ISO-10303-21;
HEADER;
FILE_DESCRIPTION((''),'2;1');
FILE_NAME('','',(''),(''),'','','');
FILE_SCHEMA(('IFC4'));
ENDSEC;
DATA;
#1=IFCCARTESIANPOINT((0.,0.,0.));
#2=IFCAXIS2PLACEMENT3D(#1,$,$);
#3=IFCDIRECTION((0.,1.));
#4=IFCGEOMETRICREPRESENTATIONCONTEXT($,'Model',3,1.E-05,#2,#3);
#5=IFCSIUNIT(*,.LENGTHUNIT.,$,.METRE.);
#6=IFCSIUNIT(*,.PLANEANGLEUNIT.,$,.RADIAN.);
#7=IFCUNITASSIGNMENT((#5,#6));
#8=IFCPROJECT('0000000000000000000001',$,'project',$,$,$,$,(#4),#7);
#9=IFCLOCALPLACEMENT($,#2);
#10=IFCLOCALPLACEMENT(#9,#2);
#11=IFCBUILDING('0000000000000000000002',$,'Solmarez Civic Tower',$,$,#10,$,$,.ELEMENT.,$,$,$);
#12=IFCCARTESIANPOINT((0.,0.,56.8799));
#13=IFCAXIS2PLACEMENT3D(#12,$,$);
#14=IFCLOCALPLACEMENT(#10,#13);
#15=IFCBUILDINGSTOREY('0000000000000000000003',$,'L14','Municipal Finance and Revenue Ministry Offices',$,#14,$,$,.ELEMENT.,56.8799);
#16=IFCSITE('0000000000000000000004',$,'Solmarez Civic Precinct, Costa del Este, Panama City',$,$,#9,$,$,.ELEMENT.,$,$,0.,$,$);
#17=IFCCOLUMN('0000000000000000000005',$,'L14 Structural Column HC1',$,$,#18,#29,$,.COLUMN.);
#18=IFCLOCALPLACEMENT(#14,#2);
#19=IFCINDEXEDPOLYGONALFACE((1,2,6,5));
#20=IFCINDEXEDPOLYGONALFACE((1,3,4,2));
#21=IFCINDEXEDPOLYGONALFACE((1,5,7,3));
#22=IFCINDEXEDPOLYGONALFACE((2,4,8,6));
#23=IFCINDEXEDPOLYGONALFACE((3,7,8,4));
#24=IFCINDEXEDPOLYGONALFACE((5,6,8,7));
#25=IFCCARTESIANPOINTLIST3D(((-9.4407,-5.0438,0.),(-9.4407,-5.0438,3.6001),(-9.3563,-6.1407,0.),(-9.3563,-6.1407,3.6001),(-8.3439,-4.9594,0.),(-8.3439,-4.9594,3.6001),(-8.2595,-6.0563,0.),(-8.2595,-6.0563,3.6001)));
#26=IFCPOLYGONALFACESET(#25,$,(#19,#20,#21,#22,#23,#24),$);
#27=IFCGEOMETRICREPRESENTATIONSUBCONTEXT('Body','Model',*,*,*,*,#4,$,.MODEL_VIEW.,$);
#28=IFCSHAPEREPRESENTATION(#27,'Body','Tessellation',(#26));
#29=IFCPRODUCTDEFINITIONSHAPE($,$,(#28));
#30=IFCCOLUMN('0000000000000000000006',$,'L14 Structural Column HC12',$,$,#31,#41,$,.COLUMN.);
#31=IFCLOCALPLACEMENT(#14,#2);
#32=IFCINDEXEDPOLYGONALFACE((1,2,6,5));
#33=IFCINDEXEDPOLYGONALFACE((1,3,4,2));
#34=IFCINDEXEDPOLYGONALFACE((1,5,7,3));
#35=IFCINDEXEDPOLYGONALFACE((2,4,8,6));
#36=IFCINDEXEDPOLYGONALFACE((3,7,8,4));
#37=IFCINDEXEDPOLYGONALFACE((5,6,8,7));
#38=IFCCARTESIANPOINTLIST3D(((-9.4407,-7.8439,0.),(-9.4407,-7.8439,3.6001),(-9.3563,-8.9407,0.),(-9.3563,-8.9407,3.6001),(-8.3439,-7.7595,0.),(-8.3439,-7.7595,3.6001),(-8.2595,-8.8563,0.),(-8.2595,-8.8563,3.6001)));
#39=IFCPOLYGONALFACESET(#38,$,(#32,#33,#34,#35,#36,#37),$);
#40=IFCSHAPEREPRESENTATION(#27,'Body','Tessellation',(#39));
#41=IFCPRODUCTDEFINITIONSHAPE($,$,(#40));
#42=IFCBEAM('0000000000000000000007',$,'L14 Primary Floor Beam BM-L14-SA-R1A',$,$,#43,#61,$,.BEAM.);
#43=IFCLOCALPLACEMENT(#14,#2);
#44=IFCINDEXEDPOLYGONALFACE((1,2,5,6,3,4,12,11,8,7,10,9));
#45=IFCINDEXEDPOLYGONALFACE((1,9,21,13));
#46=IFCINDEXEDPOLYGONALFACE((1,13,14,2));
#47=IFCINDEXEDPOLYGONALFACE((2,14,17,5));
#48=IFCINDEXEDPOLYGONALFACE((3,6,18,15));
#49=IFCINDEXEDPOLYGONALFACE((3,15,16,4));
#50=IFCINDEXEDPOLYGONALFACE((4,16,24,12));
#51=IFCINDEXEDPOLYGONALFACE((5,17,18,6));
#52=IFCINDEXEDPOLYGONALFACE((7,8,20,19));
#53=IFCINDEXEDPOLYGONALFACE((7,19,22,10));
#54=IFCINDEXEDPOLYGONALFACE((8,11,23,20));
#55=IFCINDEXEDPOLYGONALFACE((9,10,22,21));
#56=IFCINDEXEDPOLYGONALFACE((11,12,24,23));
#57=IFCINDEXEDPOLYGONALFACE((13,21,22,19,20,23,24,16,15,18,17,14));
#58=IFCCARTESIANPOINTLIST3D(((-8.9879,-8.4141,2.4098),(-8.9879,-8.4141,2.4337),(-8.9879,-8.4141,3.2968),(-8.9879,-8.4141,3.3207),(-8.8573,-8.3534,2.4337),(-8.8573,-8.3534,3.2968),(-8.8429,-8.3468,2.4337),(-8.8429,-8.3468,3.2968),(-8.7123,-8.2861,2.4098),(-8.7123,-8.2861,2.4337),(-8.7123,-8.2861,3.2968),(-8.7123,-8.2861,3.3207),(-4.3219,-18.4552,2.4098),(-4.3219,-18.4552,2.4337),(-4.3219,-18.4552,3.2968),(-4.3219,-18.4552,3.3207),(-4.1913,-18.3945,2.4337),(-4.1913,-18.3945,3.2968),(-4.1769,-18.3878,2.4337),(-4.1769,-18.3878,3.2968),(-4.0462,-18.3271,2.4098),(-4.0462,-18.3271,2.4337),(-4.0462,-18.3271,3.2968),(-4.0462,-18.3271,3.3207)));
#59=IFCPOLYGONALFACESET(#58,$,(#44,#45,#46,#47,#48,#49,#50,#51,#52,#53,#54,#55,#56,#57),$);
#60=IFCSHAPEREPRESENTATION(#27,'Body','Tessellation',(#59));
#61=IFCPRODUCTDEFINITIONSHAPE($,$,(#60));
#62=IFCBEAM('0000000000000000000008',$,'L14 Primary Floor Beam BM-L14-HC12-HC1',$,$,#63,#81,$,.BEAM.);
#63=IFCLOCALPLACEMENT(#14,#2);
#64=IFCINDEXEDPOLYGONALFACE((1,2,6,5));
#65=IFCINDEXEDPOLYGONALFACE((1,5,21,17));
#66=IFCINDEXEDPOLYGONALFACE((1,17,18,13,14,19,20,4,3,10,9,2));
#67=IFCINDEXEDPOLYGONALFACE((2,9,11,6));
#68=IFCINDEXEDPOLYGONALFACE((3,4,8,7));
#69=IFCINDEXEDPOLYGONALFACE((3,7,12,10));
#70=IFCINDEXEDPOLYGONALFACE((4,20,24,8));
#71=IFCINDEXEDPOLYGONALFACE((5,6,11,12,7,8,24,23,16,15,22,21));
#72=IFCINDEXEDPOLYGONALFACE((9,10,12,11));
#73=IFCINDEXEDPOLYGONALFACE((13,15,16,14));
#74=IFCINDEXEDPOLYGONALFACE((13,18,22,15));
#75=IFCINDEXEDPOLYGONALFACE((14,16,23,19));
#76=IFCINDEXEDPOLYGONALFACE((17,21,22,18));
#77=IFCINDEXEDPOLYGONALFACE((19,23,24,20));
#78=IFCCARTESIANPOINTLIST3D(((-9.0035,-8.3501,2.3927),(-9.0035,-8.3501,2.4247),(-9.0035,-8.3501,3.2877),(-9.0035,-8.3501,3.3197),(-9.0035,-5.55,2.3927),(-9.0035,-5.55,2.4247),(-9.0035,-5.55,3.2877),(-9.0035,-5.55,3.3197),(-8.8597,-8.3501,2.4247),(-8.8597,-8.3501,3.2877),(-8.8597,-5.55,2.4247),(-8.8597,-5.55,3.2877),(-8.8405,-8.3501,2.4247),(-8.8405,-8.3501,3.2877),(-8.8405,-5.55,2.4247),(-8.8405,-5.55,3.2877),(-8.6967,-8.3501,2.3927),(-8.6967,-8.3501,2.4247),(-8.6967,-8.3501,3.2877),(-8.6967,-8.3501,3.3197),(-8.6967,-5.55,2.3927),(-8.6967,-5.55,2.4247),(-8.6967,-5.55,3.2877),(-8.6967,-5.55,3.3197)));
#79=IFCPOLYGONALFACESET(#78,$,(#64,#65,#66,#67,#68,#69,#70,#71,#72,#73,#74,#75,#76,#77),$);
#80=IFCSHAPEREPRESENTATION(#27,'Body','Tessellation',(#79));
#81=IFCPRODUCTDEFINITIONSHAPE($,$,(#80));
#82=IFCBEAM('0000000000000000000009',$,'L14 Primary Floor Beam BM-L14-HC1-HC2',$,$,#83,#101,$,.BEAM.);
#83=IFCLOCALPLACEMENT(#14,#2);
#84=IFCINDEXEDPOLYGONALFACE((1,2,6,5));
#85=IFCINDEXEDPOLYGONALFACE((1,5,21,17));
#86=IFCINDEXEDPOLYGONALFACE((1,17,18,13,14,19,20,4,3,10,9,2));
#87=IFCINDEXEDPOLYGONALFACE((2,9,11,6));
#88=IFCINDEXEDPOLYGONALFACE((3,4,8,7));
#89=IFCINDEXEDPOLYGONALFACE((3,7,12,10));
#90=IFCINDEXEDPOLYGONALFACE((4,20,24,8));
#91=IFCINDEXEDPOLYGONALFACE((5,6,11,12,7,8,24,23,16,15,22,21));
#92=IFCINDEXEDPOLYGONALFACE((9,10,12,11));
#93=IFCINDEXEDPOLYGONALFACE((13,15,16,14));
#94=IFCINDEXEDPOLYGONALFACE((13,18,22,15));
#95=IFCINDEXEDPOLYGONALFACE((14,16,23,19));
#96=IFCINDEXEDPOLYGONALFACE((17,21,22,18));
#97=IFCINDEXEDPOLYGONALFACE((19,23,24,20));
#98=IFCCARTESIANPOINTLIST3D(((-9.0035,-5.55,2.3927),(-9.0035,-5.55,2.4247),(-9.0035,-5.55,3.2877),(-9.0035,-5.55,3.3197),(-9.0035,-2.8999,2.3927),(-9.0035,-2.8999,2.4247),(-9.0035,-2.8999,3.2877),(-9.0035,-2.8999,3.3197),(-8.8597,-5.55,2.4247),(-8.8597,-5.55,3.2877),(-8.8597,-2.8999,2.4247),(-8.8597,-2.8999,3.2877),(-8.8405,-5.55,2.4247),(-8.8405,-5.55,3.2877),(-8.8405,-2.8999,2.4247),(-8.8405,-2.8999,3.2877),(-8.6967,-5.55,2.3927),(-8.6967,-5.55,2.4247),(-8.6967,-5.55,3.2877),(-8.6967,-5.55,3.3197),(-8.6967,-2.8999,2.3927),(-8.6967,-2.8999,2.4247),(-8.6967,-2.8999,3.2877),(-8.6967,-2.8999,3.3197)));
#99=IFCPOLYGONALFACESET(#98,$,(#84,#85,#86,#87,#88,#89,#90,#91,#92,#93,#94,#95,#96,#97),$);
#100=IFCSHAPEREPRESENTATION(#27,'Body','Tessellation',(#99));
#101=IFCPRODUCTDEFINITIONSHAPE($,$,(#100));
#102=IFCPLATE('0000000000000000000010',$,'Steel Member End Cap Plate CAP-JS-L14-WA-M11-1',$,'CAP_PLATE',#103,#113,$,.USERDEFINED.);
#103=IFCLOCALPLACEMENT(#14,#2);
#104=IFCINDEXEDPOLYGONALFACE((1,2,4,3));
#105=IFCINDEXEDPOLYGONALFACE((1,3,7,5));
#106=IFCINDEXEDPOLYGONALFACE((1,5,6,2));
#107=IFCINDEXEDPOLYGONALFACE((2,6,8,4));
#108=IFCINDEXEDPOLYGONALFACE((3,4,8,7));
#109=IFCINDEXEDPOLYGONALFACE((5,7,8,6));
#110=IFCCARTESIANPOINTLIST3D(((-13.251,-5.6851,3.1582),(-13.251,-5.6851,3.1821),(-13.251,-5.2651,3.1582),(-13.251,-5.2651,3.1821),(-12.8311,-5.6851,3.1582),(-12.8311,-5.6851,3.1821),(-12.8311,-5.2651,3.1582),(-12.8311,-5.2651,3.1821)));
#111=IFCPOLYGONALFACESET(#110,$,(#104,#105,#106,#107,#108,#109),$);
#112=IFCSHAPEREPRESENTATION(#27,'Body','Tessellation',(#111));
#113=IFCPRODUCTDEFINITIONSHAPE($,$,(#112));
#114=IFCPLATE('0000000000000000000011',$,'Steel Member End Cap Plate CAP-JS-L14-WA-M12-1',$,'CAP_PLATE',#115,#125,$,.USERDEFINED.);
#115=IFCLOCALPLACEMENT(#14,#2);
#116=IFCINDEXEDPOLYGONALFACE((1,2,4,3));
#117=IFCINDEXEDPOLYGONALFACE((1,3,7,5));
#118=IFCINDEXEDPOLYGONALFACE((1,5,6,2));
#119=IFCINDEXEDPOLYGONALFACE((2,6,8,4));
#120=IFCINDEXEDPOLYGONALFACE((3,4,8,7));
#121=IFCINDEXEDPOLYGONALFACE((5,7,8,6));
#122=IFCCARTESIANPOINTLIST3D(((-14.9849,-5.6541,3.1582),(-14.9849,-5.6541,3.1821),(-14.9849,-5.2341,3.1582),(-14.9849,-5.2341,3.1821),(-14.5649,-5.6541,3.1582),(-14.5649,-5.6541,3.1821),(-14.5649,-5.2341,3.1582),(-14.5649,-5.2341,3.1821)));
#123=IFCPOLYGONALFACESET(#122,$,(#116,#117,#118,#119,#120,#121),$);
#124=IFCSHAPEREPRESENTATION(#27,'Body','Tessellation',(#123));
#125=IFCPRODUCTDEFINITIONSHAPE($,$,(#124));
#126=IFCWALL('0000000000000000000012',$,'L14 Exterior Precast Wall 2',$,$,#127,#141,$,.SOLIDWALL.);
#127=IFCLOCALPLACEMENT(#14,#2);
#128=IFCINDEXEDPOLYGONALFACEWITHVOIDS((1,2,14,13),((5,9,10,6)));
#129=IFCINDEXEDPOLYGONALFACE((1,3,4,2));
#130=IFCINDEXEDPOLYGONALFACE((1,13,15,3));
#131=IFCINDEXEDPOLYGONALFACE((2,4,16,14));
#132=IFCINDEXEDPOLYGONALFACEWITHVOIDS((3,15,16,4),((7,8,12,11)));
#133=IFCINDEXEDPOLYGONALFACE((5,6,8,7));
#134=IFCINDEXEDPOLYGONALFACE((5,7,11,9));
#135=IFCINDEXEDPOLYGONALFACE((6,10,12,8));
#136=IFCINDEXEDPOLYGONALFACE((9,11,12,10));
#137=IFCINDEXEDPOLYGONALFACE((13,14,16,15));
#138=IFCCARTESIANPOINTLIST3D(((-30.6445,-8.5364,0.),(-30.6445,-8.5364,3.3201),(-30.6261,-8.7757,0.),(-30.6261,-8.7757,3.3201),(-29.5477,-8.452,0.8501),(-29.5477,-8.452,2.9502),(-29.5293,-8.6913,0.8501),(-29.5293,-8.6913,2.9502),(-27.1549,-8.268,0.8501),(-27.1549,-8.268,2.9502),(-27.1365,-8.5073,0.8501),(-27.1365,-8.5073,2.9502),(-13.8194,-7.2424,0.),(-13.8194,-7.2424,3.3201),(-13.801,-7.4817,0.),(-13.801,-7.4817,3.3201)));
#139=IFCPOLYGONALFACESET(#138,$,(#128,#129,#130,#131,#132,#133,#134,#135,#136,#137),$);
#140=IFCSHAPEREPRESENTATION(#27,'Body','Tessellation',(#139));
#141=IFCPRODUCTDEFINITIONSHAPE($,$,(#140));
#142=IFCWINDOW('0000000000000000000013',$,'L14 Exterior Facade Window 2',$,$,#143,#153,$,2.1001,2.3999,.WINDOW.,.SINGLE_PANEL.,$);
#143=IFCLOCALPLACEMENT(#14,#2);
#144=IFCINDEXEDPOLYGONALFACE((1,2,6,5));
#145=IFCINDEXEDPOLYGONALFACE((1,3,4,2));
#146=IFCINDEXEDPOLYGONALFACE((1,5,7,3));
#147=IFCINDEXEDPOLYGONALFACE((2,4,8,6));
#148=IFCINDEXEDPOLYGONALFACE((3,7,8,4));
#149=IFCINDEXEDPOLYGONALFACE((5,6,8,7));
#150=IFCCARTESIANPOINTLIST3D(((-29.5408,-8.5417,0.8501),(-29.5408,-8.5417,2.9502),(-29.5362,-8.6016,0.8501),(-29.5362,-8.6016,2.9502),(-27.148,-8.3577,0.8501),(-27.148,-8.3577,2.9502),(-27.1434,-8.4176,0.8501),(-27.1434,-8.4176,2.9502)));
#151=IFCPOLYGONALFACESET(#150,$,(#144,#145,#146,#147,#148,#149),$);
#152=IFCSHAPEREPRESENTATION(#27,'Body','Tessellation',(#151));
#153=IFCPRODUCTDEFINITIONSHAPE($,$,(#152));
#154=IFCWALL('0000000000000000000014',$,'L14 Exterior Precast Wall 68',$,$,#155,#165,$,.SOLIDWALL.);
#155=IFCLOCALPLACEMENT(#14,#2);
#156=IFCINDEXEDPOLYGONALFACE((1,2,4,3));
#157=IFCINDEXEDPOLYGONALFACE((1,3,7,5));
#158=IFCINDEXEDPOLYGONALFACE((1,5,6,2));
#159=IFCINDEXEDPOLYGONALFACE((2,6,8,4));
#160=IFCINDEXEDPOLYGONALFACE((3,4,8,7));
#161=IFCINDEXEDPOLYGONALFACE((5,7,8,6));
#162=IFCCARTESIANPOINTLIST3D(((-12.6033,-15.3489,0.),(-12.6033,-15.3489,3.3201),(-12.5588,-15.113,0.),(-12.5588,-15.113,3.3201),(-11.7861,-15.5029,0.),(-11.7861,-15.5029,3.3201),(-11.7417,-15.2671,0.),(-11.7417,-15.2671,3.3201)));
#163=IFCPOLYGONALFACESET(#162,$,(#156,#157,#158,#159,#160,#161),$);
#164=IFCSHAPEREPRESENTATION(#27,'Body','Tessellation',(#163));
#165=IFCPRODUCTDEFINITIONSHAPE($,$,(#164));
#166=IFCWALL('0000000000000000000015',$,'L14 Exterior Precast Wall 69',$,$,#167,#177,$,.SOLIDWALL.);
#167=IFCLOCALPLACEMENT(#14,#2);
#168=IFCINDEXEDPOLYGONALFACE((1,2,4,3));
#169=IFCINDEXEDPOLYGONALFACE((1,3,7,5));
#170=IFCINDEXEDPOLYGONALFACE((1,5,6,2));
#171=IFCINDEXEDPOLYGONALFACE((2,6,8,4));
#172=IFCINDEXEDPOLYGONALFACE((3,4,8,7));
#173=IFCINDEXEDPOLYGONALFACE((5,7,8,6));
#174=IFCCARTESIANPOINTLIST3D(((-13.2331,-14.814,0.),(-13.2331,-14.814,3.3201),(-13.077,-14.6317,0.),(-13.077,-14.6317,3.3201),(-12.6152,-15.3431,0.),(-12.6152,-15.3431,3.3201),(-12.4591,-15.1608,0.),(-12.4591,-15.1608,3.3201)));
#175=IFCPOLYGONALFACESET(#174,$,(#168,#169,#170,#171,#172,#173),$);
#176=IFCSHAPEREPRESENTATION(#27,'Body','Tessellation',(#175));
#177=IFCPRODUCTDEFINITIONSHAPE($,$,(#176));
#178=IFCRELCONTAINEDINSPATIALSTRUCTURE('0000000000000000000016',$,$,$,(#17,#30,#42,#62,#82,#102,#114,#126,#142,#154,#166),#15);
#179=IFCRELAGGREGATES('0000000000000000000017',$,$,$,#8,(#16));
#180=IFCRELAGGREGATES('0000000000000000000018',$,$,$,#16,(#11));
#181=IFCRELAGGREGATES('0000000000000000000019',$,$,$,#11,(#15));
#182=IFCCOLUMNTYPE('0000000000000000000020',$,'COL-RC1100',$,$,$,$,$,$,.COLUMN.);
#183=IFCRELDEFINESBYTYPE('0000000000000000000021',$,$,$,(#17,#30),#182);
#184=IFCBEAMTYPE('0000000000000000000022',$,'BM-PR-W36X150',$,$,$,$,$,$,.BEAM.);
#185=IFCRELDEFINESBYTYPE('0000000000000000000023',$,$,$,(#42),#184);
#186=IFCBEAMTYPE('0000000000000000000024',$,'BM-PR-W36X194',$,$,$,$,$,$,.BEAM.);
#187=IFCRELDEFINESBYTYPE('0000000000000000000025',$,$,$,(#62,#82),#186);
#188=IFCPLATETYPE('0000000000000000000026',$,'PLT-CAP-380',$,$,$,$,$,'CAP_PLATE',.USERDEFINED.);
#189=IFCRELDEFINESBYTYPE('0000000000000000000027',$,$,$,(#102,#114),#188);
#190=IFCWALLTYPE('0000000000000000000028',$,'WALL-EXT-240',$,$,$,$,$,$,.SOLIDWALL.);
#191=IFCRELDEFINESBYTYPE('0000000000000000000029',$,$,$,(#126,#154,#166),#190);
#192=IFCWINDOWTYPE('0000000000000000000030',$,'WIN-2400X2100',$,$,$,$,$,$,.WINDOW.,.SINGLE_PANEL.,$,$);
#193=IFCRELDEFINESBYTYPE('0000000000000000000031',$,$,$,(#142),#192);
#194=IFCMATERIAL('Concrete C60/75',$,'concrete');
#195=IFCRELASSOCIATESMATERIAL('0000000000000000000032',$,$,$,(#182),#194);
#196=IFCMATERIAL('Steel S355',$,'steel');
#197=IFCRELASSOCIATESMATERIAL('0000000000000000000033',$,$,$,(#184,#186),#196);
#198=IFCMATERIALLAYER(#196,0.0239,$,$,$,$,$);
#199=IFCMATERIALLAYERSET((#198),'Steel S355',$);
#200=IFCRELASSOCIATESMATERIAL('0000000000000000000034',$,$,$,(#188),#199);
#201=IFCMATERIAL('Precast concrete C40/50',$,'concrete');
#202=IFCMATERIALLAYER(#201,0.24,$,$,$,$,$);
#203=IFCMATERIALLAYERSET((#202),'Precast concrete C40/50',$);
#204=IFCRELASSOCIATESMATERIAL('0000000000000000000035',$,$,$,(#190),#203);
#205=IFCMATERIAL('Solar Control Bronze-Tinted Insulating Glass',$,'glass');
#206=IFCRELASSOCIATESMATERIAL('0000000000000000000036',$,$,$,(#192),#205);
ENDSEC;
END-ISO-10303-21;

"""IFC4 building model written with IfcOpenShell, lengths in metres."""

from ifc_helpers import new_model, si_unit, direction, frame, frame_2d, origin, origin_2d, place, context, subcontext, project, spatial, rectangle, i_section, extrude, material, layer, layer_set, material_profile, profile_set, type_object, element, fill, save


model = new_model("IFC4")

# Units and contexts
model_context = context("Model", 3, precision=1e-05, world=origin(), true_north=direction((0.0, 1.0)))
body_context = subcontext(model_context, "Body", "Model", "MODEL_VIEW")
ifc_project = project(units=[si_unit("LENGTHUNIT", "METRE"), si_unit("PLANEANGLEUNIT", "RADIAN")], contexts=[model_context])

# Site, building, storey
site_placement = place(None, origin())
site = spatial("IfcSite", under=ifc_project, at=site_placement, Name="Solmarez Civic Precinct, Costa del Este, Panama City", CompositionType="ELEMENT", RefElevation=0.0)
building_placement = place(site_placement, origin())
building = spatial("IfcBuilding", under=site, at=building_placement, Name="Solmarez Civic Tower", CompositionType="ELEMENT")
storey_placement = place(building_placement, frame((0.0, 0.0, 56.8799)))
storey = spatial("IfcBuildingStorey", under=building, at=storey_placement, Name="L14", Description="Municipal Finance and Revenue Ministry Offices", CompositionType="ELEMENT", Elevation=56.8799)

# Columns
ifc_material_1 = material(Name="Concrete C60/75", Category="concrete")
ifc_material_profile_1 = material_profile(ifc_material_1, rectangle(XDim=1.1001, YDim=1.1001, at=origin_2d()), Name="RC1100X1100")
ifc_profile_set_1 = profile_set([ifc_material_profile_1], Name="Concrete C60/75")
column_type = type_object("IfcColumnType", Name="COL-RC1100", PredefinedType="COLUMN", material=ifc_profile_set_1)
for number, where, z_axis, x_axis, name in (
    (1, (-8.8501, -5.55, 0.0), (0.0, 0.0, 1.0), (0.997053, 0.076719, 0.0), "L14 Structural Column HC1"),
    (2, (-8.8501, -8.3501, 0.0), (0.0, 0.0, 1.0), (0.997053, 0.076719, 0.0), "L14 Structural Column HC12"),
):
    element("IfcColumn", number, at=place(storey_placement, frame(where, z_axis=z_axis, x_axis=x_axis)), inside=storey, type_object=column_type, Name=name, PredefinedType="COLUMN", context=body_context, shape_type="SweptSolid", body=[
        extrude(rectangle(XDim=1.1001, YDim=1.1001, at=origin_2d()), origin(), (0.0, 0.0, 1.0), 3.6001),
    ])

# Beams
ifc_material_2 = material(Name="Steel S355", Category="steel")
ifc_material_profile_2 = material_profile(ifc_material_2, i_section(OverallWidth=0.304, OverallDepth=0.9109, WebThickness=0.0159, FlangeThickness=0.0239, at=origin_2d()), Name="W36X150")
ifc_profile_set_2 = profile_set([ifc_material_profile_2], Name="Steel S355")
beam_type_1 = type_object("IfcBeamType", Name="BM-PR-W36X150", PredefinedType="BEAM", material=ifc_profile_set_2)
beam_1_placement = place(storey_placement, frame((-8.8501, -8.3501, 2.8652), z_axis=(0.421417, -0.906867, 0.0), x_axis=(0.906867, 0.421417, 0.0)))
element("IfcBeam", 3, at=beam_1_placement, inside=storey, type_object=beam_type_1, Name="L14 Primary Floor Beam BM-L14-SA-R1A", PredefinedType="BEAM", context=body_context, shape_type="SweptSolid", body=[
    extrude(i_section(OverallWidth=0.304, OverallDepth=0.9109, WebThickness=0.0159, FlangeThickness=0.0239, at=origin_2d()), origin(), (0.0, 0.0, 1.0), 11.0723),
])
ifc_material_profile_3 = material_profile(ifc_material_2, i_section(OverallWidth=0.3069, OverallDepth=0.927, WebThickness=0.0193, FlangeThickness=0.032, at=origin_2d()), Name="W36X194")
ifc_profile_set_3 = profile_set([ifc_material_profile_3], Name="Steel S355")
beam_type_2 = type_object("IfcBeamType", Name="BM-PR-W36X194", PredefinedType="BEAM", material=ifc_profile_set_3)
beam_2_placement = place(storey_placement, frame((-8.8501, -8.3501, 2.8562), z_axis=(0.0, 1.0, 0.0), x_axis=(-1.0, 0.0, 0.0)))
element("IfcBeam", 4, at=beam_2_placement, inside=storey, type_object=beam_type_2, Name="L14 Primary Floor Beam BM-L14-HC12-HC1", PredefinedType="BEAM", context=body_context, shape_type="SweptSolid", body=[
    extrude(i_section(OverallWidth=0.3069, OverallDepth=0.927, WebThickness=0.0193, FlangeThickness=0.032, at=origin_2d()), origin(), (0.0, 0.0, 1.0), 2.8),
])
beam_3_placement = place(storey_placement, frame((-8.8501, -5.55, 2.8562), z_axis=(0.0, 1.0, 0.0), x_axis=(-1.0, 0.0, 0.0)))
element("IfcBeam", 5, at=beam_3_placement, inside=storey, type_object=beam_type_2, Name="L14 Primary Floor Beam BM-L14-HC1-HC2", PredefinedType="BEAM", context=body_context, shape_type="SweptSolid", body=[
    extrude(i_section(OverallWidth=0.3069, OverallDepth=0.927, WebThickness=0.0193, FlangeThickness=0.032, at=origin_2d()), origin(), (0.0, 0.0, 1.0), 2.6501),
])

# Plates
ifc_layer_1 = layer(ifc_material_2, 0.0239)
ifc_layer_set_1 = layer_set([ifc_layer_1], Name="Steel S355")
plate_type = type_object("IfcPlateType", Name="PLT-CAP-380", ElementType="CAP_PLATE", PredefinedType="USERDEFINED", material=ifc_layer_set_1)
for number, where, z_axis, x_axis, name in (
    (6, (-13.041, -5.4751, 3.1582), (0.0, 0.0, 1.0), (1.0, 0.0, 0.0), "Steel Member End Cap Plate CAP-JS-L14-WA-M11-1"),
    (7, (-14.7749, -5.4441, 3.1582), (0.0, 0.0, 1.0), (1.0, 0.0, 0.0), "Steel Member End Cap Plate CAP-JS-L14-WA-M12-1"),
):
    element("IfcPlate", number, at=place(storey_placement, frame(where, z_axis=z_axis, x_axis=x_axis)), inside=storey, type_object=plate_type, Name=name, ObjectType="CAP_PLATE", PredefinedType="USERDEFINED", context=body_context, shape_type="SweptSolid", body=[
        extrude(rectangle(XDim=0.4199, YDim=0.4199, at=origin_2d()), origin(), (0.0, 0.0, 1.0), 0.0239),
    ])

# Wall, opening, window
ifc_material_3 = material(Name="Precast concrete C40/50", Category="concrete")
ifc_layer_2 = layer(ifc_material_3, 0.24)
ifc_layer_set_2 = layer_set([ifc_layer_2], Name="Precast concrete C40/50")
wall_type_1 = type_object("IfcWallType", Name="WALL-EXT-240", PredefinedType="SOLIDWALL", material=ifc_layer_set_2)
wall_1_placement = place(storey_placement, frame((-13.8101, -7.3621, 0.0), z_axis=(0.0, 0.0, 1.0), x_axis=(-0.997056, -0.07668, 0.0)))
wall_1 = element("IfcWall", 8, at=wall_1_placement, inside=storey, type_object=wall_type_1, Name="L14 Exterior Precast Wall 2", PredefinedType="SOLIDWALL", context=body_context, shape_type="SweptSolid", body=[
    extrude(rectangle(XDim=16.8748, YDim=0.24, at=frame_2d((8.4375, 0.0))), origin(), (0.0, 0.0, 1.0), 3.3201),
])
opening_1_placement = place(wall_1_placement, frame((13.375, 0.0, 0.8501)))
opening_1 = element("IfcOpeningElement", 9, at=opening_1_placement, cuts=wall_1, PredefinedType="OPENING", context=body_context, shape_type="SweptSolid", body=[
    extrude(rectangle(XDim=2.3999, YDim=2.1001, at=frame_2d((1.2, 1.05))), frame((0.0, 0.1299, 0.0), z_axis=(0.0, -1.0, 0.0), x_axis=(1.0, 0.0, 0.0)), (0.0, 0.0, 1.0), 0.26),
])
ifc_material_4 = material(Name="Solar Control Bronze-Tinted Insulating Glass", Category="glass")
window_type = type_object("IfcWindowType", Name="WIN-2400X2100", PartitioningType="SINGLE_PANEL", PredefinedType="WINDOW", material=ifc_material_4)
window_placement = place(opening_1_placement, origin())
window = element("IfcWindow", 10, at=window_placement, inside=storey, type_object=window_type, Name="L14 Exterior Facade Window 2", OverallHeight=2.1001, OverallWidth=2.3999, PartitioningType="SINGLE_PANEL", PredefinedType="WINDOW", context=body_context, shape_type="SweptSolid", body=[
    extrude(rectangle(XDim=2.3999, YDim=2.1001, at=frame_2d((1.2, 1.05))), frame((0.0, 0.03, 0.0), z_axis=(0.0, -1.0, 0.0), x_axis=(1.0, 0.0, 0.0)), (0.0, 0.0, 1.0), 0.0601),
])
fill(opening_1, window)

# Walls
wall_2_placement = place(storey_placement, frame((-11.7639, -15.385, 0.0), z_axis=(0.0, 0.0, 1.0), x_axis=(-0.982689, 0.185263, 0.0)))
element("IfcWall", 11, at=wall_2_placement, inside=storey, type_object=wall_type_1, Name="L14 Exterior Precast Wall 68", PredefinedType="SOLIDWALL", context=body_context, shape_type="SweptSolid", body=[
    extrude(rectangle(XDim=0.8315, YDim=0.24, at=frame_2d((0.4158, 0.0))), origin(), (0.0, 0.0, 1.0), 3.3201),
])
wall_3_placement = place(storey_placement, frame((-12.5371, -15.252, 0.0), z_axis=(0.0, 0.0, 1.0), x_axis=(-0.759617, 0.650371, 0.0)))
element("IfcWall", 12, at=wall_3_placement, inside=storey, type_object=wall_type_1, Name="L14 Exterior Precast Wall 69", PredefinedType="SOLIDWALL", context=body_context, shape_type="SweptSolid", body=[
    extrude(rectangle(XDim=0.8135, YDim=0.24, at=frame_2d((0.4067, 0.0))), origin(), (0.0, 0.0, 1.0), 3.3201),
])

save(model, "model.ifc")
